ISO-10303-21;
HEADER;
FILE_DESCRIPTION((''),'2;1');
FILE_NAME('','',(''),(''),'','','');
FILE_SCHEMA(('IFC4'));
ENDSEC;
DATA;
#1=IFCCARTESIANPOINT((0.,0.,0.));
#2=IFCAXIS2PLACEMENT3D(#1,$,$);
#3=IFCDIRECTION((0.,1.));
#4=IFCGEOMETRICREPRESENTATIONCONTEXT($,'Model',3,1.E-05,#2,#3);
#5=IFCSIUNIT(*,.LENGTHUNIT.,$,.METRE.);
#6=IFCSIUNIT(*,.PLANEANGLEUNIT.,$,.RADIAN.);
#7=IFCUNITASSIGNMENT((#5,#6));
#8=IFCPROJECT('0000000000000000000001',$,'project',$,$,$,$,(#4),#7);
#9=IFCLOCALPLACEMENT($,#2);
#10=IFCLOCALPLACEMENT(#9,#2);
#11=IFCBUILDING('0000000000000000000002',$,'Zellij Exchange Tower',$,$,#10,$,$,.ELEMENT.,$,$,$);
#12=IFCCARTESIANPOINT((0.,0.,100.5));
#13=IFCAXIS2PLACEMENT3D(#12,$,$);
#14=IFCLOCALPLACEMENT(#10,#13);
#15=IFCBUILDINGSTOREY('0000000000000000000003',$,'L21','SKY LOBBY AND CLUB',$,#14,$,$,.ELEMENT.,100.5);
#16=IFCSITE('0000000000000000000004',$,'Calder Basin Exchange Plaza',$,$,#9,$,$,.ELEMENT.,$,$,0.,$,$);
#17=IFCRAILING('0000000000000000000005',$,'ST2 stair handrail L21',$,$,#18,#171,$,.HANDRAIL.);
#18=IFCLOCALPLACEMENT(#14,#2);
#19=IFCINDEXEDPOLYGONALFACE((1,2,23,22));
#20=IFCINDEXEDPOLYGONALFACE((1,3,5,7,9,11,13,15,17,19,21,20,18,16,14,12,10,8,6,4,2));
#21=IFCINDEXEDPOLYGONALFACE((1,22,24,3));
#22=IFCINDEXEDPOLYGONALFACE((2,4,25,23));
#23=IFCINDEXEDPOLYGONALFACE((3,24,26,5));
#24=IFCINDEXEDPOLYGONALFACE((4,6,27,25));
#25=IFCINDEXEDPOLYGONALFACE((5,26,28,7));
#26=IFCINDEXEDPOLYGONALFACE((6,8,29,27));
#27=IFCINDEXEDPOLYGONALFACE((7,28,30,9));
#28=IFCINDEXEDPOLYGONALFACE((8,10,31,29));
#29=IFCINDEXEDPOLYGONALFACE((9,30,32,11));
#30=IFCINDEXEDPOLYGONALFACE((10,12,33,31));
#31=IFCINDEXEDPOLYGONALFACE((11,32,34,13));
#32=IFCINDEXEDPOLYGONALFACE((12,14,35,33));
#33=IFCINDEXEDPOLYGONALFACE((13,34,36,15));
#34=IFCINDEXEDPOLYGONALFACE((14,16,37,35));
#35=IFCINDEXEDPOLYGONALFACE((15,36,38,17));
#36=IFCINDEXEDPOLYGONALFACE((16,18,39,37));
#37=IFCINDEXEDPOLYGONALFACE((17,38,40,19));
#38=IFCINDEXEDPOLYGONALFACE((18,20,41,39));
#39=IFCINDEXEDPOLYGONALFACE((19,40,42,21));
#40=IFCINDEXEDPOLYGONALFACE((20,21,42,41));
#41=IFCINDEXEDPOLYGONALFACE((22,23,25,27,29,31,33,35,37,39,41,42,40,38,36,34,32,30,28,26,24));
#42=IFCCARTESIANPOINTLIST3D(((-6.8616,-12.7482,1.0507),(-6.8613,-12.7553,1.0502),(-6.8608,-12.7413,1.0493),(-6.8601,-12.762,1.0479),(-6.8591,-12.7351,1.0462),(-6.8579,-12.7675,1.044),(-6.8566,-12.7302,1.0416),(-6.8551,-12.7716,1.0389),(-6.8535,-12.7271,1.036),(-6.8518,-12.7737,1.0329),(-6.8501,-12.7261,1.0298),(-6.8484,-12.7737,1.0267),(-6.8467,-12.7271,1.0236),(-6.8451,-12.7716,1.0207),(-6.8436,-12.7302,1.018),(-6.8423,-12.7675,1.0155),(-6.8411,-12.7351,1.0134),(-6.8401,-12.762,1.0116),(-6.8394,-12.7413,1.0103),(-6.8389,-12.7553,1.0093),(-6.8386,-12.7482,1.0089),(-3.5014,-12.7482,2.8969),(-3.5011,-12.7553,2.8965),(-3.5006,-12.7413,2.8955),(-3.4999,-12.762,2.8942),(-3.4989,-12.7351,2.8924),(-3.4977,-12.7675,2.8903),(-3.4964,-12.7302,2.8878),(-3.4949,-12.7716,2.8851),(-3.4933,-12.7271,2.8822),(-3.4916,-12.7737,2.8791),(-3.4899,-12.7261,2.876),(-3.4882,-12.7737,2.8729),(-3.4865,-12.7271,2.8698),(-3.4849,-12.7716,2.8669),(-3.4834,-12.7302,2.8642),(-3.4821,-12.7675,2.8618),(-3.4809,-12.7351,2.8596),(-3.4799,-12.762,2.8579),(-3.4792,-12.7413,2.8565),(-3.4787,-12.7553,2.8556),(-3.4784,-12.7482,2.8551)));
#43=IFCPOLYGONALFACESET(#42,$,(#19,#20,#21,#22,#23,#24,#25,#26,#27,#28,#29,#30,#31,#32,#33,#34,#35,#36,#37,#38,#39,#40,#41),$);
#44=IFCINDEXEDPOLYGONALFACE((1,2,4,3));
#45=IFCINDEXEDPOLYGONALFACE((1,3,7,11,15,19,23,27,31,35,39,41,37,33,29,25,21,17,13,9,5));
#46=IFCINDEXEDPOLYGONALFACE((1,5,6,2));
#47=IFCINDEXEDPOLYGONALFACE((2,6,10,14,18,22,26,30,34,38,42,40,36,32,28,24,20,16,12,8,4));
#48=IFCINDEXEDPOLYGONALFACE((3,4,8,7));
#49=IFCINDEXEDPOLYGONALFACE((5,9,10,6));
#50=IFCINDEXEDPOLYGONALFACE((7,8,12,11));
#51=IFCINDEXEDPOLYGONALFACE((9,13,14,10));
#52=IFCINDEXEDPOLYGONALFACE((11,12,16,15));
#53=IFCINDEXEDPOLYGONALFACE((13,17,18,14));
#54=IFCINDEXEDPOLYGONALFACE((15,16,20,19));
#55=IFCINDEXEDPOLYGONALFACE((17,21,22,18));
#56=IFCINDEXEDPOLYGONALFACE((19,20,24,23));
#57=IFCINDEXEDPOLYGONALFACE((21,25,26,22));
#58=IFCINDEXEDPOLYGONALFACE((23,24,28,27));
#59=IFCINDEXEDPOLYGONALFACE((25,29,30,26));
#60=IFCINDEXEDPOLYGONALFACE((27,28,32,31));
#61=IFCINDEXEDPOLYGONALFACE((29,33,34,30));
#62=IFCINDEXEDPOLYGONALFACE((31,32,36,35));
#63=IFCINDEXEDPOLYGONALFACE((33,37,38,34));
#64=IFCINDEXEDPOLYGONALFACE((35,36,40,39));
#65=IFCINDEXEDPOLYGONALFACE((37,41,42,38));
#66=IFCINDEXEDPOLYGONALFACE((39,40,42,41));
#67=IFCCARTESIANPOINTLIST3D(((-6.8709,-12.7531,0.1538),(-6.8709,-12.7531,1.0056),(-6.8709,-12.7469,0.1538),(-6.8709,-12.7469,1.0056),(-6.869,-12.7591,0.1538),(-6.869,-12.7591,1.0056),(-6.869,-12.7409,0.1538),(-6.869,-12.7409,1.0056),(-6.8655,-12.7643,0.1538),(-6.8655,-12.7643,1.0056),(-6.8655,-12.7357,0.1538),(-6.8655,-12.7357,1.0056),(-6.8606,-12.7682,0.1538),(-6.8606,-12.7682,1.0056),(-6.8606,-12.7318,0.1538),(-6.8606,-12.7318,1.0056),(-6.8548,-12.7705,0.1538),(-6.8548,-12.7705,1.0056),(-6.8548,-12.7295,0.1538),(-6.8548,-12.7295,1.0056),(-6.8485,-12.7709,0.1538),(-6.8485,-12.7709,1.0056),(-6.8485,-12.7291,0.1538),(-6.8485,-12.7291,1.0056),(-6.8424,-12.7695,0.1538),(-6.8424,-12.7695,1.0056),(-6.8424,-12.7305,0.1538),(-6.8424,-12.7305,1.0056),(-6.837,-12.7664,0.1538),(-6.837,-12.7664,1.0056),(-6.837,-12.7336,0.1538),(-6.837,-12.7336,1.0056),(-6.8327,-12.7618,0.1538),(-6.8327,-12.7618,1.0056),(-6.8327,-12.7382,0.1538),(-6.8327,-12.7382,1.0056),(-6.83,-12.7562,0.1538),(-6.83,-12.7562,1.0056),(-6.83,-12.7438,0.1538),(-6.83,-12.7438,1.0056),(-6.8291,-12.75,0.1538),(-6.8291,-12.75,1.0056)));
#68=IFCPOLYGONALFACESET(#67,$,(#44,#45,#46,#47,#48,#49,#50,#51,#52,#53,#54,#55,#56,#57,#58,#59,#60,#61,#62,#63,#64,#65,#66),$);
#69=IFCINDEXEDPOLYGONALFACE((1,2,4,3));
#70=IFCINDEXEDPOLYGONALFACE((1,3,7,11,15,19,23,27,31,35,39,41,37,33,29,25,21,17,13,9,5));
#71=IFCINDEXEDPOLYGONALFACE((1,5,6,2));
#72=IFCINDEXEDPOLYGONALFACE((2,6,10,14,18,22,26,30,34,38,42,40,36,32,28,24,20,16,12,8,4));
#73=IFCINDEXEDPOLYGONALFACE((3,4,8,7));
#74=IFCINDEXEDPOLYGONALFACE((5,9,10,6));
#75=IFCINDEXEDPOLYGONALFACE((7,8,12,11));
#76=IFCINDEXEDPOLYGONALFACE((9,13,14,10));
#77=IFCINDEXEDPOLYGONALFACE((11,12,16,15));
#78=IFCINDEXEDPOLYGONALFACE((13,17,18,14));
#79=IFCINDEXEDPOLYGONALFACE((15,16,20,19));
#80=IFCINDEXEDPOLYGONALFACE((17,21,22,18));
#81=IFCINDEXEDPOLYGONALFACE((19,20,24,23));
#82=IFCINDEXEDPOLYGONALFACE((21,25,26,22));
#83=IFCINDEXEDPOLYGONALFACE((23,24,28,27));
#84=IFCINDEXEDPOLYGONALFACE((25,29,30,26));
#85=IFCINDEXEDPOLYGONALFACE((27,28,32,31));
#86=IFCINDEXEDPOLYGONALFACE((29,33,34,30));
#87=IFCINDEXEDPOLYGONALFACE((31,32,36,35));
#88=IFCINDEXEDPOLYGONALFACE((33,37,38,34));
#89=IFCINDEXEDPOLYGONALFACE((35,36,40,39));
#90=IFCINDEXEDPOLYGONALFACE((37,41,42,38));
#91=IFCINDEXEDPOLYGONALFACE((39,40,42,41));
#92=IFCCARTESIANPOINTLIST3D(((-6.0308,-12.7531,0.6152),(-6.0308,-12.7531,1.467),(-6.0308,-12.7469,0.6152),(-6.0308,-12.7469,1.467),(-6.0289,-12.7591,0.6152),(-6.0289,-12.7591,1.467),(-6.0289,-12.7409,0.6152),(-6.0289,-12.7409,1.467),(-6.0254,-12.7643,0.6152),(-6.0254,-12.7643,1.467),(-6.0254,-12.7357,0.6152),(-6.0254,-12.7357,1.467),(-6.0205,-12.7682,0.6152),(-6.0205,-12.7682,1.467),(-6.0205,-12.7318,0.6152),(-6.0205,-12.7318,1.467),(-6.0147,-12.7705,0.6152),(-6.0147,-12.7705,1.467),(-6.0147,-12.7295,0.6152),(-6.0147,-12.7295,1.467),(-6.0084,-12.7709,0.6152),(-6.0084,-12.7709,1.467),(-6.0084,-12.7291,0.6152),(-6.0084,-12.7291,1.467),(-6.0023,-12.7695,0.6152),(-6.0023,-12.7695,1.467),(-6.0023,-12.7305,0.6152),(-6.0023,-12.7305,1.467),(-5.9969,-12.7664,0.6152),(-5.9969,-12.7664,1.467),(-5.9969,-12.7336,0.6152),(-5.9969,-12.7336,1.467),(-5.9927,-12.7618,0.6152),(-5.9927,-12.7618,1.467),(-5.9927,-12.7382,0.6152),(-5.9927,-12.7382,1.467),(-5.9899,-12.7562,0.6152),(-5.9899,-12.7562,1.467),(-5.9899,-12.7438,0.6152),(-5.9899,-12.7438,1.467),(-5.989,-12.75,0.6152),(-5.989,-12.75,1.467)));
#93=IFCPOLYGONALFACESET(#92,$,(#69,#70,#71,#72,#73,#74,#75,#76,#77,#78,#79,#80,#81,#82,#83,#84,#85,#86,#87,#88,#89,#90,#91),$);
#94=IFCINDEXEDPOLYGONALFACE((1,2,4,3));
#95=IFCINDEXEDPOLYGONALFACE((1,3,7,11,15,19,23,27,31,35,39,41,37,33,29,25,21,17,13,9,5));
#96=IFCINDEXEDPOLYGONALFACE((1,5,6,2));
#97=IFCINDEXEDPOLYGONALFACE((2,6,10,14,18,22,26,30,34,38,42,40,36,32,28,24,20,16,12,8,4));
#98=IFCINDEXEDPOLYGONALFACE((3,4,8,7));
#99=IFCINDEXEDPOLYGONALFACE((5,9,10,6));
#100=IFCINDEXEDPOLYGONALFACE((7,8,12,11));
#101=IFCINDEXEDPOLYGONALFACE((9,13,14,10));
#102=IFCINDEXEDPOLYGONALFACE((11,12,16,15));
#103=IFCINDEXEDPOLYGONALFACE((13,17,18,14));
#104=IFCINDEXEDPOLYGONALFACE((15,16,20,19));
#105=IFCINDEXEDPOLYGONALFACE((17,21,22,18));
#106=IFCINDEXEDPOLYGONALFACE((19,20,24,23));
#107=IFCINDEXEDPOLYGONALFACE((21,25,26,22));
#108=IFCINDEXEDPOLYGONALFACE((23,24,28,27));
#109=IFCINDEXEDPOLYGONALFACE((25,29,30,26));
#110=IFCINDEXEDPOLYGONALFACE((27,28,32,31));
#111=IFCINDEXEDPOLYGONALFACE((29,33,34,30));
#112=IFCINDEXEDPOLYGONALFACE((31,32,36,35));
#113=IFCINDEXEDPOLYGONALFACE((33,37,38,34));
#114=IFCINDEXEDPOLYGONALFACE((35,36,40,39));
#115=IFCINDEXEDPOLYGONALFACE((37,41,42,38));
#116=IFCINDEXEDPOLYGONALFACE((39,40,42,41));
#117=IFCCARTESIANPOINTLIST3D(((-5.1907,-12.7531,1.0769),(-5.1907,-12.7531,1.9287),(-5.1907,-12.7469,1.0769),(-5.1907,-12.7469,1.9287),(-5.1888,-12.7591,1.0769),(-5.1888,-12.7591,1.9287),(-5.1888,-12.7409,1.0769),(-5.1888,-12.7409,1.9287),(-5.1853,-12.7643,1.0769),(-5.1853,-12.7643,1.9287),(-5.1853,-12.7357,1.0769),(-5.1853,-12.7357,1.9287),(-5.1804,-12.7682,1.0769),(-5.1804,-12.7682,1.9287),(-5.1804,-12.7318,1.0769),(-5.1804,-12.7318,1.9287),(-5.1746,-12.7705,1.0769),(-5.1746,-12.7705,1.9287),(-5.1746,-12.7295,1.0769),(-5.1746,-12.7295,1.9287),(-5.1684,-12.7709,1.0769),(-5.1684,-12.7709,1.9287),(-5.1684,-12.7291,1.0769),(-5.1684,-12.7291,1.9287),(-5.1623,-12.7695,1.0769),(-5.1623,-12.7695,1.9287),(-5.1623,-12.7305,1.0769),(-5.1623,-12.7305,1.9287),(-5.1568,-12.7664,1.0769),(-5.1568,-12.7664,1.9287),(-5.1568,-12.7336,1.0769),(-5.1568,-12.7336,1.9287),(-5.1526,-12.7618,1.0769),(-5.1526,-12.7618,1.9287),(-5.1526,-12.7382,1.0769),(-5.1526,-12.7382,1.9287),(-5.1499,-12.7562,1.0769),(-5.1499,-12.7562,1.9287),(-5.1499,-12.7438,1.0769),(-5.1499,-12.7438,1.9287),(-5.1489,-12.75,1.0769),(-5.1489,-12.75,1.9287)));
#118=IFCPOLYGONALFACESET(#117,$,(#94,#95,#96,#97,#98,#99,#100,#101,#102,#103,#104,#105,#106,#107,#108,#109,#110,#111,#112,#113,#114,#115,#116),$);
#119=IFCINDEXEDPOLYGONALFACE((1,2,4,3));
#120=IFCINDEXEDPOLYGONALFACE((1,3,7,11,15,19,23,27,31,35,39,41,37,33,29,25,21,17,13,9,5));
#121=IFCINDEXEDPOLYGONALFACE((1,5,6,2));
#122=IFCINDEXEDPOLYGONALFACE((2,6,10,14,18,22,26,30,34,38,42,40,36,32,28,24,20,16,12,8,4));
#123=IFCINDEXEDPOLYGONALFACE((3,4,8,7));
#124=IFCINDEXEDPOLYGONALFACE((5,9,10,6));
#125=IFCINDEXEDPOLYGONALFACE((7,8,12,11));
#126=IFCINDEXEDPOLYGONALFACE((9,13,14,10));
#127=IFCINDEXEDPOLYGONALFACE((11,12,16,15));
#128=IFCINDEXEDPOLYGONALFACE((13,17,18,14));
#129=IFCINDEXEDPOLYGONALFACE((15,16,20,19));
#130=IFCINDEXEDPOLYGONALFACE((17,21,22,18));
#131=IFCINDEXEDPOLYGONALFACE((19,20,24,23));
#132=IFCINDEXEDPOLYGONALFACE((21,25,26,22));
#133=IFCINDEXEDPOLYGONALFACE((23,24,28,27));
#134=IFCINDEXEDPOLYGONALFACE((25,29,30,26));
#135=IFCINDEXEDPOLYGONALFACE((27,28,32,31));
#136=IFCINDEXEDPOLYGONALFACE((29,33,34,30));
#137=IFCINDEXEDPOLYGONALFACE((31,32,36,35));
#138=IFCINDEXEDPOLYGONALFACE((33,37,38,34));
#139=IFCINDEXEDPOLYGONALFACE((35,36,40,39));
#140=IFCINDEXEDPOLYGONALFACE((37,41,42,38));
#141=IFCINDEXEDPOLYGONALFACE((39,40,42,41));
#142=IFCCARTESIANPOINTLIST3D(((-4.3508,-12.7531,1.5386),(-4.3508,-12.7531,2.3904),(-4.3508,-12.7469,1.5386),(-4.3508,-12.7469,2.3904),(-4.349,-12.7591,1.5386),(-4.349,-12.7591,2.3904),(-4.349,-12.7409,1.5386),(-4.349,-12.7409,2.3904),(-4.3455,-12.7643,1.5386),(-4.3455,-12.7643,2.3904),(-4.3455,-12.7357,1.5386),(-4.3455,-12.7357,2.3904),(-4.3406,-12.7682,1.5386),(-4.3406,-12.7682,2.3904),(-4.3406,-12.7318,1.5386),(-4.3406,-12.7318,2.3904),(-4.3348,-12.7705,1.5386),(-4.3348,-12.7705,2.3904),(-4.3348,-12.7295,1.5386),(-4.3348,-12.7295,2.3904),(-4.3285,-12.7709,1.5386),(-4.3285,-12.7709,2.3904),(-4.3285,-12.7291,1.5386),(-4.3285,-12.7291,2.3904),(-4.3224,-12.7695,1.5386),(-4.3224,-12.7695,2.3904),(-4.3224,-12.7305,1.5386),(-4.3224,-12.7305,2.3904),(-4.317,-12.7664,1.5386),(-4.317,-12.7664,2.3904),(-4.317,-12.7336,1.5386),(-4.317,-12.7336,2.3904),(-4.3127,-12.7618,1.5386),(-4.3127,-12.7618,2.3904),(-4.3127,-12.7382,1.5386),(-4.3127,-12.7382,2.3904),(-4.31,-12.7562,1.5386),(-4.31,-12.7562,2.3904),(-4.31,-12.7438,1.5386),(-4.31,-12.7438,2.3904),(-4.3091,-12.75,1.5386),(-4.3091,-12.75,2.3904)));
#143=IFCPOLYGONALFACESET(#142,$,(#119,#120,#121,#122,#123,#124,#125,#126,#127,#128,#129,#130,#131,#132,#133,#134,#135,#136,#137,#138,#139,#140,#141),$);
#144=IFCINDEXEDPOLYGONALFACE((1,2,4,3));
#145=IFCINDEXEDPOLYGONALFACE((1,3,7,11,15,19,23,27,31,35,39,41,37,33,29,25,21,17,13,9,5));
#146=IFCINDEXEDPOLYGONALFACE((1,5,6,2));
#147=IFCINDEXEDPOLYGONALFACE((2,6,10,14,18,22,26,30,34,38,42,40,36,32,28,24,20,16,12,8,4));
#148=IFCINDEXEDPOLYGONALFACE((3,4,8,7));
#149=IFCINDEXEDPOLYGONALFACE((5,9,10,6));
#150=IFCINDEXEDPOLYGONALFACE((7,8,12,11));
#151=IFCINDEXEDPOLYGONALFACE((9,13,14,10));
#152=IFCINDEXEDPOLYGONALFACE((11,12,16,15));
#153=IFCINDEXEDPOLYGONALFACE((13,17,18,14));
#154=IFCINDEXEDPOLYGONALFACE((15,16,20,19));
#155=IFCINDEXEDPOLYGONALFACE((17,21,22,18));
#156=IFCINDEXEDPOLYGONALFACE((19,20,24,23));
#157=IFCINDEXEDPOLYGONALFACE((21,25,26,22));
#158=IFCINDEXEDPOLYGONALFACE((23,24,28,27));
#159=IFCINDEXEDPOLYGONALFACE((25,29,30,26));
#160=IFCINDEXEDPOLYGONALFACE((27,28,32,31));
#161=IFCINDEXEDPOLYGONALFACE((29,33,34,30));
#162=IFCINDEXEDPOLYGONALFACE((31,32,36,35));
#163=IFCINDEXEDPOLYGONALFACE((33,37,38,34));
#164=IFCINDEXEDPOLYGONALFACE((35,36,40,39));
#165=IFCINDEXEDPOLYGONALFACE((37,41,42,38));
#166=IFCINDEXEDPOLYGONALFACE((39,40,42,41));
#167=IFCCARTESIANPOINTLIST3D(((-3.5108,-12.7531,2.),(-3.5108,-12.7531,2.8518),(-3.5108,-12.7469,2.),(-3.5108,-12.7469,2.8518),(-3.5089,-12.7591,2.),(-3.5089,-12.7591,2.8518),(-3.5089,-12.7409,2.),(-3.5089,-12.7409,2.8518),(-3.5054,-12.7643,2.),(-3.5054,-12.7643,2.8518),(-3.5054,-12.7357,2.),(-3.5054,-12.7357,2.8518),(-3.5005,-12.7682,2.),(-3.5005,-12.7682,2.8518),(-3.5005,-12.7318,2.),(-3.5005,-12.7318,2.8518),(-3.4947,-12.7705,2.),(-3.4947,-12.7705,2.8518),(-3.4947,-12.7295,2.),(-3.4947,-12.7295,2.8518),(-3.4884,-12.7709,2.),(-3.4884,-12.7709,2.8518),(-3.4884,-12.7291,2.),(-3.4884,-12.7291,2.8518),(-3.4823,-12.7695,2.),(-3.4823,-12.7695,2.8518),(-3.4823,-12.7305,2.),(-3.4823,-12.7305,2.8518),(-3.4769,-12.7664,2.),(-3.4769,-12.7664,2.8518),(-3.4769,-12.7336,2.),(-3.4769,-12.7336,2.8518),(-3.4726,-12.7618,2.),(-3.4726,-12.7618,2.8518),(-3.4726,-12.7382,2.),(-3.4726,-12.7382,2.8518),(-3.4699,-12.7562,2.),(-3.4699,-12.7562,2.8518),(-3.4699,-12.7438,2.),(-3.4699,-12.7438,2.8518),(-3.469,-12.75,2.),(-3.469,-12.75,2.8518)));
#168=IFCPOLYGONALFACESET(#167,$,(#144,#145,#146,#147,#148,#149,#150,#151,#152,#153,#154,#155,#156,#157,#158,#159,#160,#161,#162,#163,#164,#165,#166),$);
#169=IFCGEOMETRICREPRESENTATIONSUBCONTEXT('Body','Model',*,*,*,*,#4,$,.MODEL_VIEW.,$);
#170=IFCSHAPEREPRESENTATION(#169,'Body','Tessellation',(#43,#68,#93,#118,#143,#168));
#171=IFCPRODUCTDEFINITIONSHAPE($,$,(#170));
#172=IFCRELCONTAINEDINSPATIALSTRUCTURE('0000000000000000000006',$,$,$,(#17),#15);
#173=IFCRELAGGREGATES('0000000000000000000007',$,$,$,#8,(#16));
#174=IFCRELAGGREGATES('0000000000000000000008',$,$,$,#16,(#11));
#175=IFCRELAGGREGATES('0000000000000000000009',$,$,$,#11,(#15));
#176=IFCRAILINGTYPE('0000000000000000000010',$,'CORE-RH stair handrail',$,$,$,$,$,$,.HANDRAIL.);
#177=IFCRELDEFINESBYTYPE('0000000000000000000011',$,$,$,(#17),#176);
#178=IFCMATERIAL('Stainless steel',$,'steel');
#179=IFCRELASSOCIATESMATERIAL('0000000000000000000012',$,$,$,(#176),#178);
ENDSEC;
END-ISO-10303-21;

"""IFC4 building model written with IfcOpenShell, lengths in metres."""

from ifc_helpers import new_model, si_unit, direction, frame, origin, origin_2d, place, context, subcontext, project, spatial, circle, extrude, material, type_object, element, save


model = new_model("IFC4")

# Units and contexts
model_context = context("Model", 3, precision=1e-05, world=origin(), true_north=direction((0.0, 1.0)))
body_context = subcontext(model_context, "Body", "Model", "MODEL_VIEW")
ifc_project = project(units=[si_unit("LENGTHUNIT", "METRE"), si_unit("PLANEANGLEUNIT", "RADIAN")], contexts=[model_context])

# Site, building, storey
site_placement = place(None, origin())
site = spatial("IfcSite", under=ifc_project, at=site_placement, Name="Calder Basin Exchange Plaza", CompositionType="ELEMENT", RefElevation=0.0)
building_placement = place(site_placement, origin())
building = spatial("IfcBuilding", under=site, at=building_placement, Name="Zellij Exchange Tower", CompositionType="ELEMENT")
storey_placement = place(building_placement, frame((0.0, 0.0, 100.5)))
storey = spatial("IfcBuildingStorey", under=building, at=storey_placement, Name="L21", Description="SKY LOBBY AND CLUB", CompositionType="ELEMENT", Elevation=100.5)

# Railing
ifc_material_1 = material(Name="Stainless steel", Category="steel")
railing_type_1 = type_object("IfcRailingType", Name="CORE-RH stair handrail", PredefinedType="HANDRAIL", material=ifc_material_1)
railing_1_placement = place(storey_placement, frame((-6.8501, -12.75, 0.1538)))
element("IfcRailing", 1, at=railing_1_placement, inside=storey, type_object=railing_type_1, Name="ST2 stair handrail L21", PredefinedType="HANDRAIL", context=body_context, shape_type="SweptSolid", body=[
    extrude(circle(Radius=0.0239, at=origin_2d()), frame((0.0, 0.0, 0.876), z_axis=(0.876422, 0.0, 0.481545), x_axis=(0.0, 1.0, 0.0)), (0.0, 0.0, 1.0), 3.834),
    extrude(circle(Radius=0.021, at=origin_2d()), origin(), (0.0, 0.0, 1.0), 0.8518),
    extrude(circle(Radius=0.021, at=origin_2d()), frame((0.8401, 0.0, 0.4614)), (0.0, 0.0, 1.0), 0.8518),
    extrude(circle(Radius=0.021, at=origin_2d()), frame((1.6802, 0.0, 0.9231)), (0.0, 0.0, 1.0), 0.8518),
    extrude(circle(Radius=0.021, at=origin_2d()), frame((2.52, 0.0, 1.3848)), (0.0, 0.0, 1.0), 0.8518),
    extrude(circle(Radius=0.021, at=origin_2d()), frame((3.3601, 0.0, 1.8462)), (0.0, 0.0, 1.0), 0.8518),
])

save(model, "model.ifc")
